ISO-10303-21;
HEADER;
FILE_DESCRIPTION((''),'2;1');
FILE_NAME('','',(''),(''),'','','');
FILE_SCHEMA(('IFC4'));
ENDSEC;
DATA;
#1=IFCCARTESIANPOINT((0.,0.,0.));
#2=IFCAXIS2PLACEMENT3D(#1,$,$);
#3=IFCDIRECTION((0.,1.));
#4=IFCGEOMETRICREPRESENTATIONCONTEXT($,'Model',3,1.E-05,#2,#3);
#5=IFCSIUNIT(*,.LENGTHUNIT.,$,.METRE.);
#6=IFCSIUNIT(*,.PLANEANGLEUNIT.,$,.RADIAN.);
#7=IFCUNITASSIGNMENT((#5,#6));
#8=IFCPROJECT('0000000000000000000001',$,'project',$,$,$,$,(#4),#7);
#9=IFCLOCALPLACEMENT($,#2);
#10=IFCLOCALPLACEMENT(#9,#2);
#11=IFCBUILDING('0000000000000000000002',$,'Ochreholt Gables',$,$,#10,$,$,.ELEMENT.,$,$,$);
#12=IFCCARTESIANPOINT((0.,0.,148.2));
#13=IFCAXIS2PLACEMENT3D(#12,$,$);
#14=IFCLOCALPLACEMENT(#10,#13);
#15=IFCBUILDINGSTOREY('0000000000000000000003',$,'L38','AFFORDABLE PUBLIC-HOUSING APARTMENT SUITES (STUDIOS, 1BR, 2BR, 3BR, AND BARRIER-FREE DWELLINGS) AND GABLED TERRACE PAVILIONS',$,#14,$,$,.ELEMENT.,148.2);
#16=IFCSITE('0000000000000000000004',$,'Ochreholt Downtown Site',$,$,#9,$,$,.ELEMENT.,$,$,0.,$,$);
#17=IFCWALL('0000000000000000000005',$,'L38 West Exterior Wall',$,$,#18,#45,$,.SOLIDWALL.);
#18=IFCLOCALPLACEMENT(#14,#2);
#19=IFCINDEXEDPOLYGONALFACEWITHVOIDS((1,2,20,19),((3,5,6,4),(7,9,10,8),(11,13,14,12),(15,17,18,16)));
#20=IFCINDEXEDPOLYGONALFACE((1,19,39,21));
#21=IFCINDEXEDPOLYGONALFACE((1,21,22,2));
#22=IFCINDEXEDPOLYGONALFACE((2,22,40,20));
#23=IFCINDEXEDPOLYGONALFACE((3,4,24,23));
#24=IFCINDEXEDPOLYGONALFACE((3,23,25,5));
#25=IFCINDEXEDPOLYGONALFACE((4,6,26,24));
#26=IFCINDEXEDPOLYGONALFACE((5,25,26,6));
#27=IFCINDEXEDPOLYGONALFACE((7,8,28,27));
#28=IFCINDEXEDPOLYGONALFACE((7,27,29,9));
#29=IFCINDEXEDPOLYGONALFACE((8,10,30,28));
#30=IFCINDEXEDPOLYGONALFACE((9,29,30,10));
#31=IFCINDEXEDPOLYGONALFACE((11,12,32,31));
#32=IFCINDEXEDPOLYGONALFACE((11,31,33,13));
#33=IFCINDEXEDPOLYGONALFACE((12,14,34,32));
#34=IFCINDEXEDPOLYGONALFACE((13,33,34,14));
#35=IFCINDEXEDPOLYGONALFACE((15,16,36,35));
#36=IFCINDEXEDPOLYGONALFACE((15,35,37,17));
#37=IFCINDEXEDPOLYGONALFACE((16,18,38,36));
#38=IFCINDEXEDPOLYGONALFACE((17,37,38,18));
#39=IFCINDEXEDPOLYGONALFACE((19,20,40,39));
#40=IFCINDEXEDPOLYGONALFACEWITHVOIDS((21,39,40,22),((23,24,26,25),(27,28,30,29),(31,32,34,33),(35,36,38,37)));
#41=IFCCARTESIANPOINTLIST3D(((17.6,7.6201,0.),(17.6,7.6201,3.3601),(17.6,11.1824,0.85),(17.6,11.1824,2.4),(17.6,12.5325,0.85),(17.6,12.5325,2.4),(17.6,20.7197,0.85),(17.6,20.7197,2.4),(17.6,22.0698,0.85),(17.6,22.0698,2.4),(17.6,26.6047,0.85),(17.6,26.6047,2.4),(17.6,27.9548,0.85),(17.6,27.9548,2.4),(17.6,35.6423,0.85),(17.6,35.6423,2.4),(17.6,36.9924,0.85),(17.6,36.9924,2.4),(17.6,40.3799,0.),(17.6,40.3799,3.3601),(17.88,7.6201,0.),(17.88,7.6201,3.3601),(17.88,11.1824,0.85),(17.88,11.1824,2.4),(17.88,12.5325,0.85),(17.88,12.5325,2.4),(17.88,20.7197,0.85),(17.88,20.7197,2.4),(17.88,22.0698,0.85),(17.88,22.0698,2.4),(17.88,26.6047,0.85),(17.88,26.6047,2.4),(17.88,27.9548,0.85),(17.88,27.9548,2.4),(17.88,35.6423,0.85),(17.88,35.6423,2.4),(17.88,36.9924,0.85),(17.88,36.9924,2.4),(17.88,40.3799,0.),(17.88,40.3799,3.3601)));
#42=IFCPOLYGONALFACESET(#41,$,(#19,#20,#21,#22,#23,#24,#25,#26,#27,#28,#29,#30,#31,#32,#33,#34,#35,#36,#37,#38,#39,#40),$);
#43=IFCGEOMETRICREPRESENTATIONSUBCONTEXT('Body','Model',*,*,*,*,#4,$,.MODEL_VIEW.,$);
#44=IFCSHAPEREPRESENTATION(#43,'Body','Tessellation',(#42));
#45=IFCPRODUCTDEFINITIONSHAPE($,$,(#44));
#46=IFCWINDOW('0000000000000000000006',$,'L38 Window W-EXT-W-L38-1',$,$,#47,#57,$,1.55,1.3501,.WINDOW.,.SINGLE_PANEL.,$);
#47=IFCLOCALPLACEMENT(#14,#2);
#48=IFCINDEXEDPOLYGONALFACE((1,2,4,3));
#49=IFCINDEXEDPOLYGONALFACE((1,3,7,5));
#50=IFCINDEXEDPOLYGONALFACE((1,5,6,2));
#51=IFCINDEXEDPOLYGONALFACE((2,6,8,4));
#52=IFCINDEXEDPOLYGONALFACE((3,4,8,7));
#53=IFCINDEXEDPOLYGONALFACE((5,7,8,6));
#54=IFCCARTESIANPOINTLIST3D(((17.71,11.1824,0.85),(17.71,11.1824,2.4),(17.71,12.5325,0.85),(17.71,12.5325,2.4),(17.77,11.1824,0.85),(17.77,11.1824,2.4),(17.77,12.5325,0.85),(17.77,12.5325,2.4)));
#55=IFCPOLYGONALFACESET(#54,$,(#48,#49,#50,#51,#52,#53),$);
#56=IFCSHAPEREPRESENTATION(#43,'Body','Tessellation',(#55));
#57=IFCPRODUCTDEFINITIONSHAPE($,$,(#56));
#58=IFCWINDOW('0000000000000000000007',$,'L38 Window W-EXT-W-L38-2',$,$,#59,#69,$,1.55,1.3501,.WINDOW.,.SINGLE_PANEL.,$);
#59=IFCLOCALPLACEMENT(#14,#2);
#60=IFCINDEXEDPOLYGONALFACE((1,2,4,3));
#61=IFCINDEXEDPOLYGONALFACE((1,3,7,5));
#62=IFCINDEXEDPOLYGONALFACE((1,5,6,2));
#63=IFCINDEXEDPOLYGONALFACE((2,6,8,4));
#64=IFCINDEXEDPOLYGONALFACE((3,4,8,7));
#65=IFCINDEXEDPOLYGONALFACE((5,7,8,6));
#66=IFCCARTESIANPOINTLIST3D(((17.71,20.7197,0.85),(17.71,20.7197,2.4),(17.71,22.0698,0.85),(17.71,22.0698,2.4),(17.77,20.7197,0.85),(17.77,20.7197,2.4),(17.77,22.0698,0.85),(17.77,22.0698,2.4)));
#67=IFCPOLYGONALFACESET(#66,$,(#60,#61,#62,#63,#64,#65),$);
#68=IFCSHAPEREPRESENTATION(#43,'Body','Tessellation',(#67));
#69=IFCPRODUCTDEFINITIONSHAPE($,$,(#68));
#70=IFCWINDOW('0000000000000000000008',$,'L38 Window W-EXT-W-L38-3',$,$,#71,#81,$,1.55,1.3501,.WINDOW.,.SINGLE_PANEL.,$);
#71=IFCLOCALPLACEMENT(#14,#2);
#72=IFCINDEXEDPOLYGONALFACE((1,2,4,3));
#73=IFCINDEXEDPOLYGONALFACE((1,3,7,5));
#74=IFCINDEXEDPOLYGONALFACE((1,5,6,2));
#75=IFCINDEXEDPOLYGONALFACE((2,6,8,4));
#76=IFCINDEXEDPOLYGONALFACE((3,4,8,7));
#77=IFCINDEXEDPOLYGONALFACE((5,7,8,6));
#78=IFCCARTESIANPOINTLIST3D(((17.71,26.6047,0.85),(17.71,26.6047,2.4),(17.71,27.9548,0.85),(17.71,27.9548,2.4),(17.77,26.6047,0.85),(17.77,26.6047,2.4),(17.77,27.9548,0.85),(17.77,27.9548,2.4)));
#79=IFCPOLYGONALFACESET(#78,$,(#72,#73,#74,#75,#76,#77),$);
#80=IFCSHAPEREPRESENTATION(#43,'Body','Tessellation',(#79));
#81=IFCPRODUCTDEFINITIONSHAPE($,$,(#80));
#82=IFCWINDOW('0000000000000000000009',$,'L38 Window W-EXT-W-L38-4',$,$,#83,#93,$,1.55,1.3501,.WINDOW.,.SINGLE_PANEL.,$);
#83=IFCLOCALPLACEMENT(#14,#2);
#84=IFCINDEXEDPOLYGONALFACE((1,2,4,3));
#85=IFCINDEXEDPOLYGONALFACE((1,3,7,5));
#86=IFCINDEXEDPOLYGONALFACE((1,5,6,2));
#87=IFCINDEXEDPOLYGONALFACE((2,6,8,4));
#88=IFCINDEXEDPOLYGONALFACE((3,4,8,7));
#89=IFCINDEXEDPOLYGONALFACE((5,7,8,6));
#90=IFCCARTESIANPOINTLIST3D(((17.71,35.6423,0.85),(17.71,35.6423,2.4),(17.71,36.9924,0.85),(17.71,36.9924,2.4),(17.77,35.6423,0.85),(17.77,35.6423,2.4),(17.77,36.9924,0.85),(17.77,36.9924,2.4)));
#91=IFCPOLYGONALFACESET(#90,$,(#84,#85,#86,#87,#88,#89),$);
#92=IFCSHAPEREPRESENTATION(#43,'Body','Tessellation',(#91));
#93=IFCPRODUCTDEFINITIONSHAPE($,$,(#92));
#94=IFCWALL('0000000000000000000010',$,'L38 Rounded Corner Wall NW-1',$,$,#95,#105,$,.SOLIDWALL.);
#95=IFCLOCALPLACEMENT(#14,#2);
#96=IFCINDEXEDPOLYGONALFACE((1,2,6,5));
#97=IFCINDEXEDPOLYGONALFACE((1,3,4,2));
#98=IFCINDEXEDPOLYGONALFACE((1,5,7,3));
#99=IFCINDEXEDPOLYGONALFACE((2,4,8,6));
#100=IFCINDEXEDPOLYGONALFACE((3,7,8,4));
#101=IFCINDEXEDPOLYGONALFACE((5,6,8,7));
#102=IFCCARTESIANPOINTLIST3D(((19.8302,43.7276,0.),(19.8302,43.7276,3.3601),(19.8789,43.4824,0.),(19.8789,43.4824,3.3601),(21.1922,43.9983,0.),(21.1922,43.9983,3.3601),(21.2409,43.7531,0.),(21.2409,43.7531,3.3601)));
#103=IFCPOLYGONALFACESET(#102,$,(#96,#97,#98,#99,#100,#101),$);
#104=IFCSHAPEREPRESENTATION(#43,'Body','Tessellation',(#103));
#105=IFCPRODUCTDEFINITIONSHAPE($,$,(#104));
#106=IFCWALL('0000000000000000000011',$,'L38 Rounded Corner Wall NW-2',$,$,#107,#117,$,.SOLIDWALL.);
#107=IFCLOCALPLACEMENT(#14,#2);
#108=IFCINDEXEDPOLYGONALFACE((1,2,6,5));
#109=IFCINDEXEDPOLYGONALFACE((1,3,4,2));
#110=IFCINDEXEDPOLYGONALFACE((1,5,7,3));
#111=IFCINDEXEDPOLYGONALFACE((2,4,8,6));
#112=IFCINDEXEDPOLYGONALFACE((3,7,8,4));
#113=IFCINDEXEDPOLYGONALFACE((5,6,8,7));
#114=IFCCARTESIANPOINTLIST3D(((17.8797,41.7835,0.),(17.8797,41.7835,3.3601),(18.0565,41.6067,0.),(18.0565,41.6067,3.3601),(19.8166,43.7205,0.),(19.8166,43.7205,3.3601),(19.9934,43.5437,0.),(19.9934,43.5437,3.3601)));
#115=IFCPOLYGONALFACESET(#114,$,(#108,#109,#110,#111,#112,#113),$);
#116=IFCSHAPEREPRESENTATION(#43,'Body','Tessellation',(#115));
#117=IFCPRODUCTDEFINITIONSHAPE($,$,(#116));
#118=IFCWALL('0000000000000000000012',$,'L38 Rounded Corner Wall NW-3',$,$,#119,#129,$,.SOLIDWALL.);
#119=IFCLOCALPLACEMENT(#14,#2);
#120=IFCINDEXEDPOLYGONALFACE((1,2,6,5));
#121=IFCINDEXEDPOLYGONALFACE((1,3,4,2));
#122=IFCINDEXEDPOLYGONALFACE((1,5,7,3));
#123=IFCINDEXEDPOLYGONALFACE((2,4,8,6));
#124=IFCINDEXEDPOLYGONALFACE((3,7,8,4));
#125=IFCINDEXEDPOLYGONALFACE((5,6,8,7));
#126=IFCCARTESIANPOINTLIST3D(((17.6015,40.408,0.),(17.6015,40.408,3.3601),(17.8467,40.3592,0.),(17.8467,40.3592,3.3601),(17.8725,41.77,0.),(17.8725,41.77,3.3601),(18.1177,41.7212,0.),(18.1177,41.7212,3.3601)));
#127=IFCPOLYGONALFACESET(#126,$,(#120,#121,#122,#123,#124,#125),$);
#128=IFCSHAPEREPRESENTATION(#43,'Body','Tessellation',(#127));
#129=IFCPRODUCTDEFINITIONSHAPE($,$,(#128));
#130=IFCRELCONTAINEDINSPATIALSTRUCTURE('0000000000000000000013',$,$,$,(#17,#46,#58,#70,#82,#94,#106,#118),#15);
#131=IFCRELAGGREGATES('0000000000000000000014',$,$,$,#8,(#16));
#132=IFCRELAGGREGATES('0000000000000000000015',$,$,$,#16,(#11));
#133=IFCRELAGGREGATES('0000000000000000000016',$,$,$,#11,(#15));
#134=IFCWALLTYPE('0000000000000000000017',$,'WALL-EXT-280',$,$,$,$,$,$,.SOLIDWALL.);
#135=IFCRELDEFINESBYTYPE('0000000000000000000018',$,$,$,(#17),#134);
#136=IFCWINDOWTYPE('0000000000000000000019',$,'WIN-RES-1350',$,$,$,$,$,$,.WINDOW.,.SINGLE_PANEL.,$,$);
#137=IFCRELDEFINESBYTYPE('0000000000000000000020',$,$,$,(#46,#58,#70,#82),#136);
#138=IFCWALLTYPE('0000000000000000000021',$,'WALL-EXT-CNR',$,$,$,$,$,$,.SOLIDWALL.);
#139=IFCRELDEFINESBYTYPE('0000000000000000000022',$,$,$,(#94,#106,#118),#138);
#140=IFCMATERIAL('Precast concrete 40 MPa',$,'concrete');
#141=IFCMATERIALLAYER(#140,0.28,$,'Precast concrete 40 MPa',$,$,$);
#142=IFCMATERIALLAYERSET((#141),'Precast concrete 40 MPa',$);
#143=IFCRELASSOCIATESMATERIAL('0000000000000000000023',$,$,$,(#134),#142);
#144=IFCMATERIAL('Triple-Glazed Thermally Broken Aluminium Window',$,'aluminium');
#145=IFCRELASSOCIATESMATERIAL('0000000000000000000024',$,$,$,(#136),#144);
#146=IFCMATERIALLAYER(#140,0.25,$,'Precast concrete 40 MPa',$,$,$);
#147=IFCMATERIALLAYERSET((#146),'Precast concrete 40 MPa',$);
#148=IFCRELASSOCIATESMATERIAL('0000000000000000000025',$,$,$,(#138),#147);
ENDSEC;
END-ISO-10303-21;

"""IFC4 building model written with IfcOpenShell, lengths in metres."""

from ifc_helpers import new_model, si_unit, direction, frame, frame_2d, origin, place, context, subcontext, project, spatial, rectangle, extrude, material, layer, layer_set, type_object, element, fill, save


model = new_model("IFC4")

# Units and contexts
model_context = context("Model", 3, precision=1e-05, world=origin(), true_north=direction((0.0, 1.0)))
body_context = subcontext(model_context, "Body", "Model", "MODEL_VIEW")
ifc_project = project(units=[si_unit("LENGTHUNIT", "METRE"), si_unit("PLANEANGLEUNIT", "RADIAN")], contexts=[model_context])

# Site, building, storey
site_placement = place(None, origin())
site = spatial("IfcSite", under=ifc_project, at=site_placement, Name="Ochreholt Downtown Site", CompositionType="ELEMENT", RefElevation=0.0)
building_placement = place(site_placement, origin())
building = spatial("IfcBuilding", under=site, at=building_placement, Name="Ochreholt Gables", CompositionType="ELEMENT")
storey_placement = place(building_placement, frame((0.0, 0.0, 148.2)))
storey = spatial("IfcBuildingStorey", under=building, at=storey_placement, Name="L38", Description="AFFORDABLE PUBLIC-HOUSING APARTMENT SUITES (STUDIOS, 1BR, 2BR, 3BR, AND BARRIER-FREE DWELLINGS) AND GABLED TERRACE PAVILIONS", CompositionType="ELEMENT", Elevation=148.2)

# Wall, openings, windows
ifc_material_1 = material(Name="Precast concrete 40 MPa", Category="concrete")
ifc_layer_1 = layer(ifc_material_1, 0.28, Name="Precast concrete 40 MPa")
ifc_layer_set_1 = layer_set([ifc_layer_1], Name="Precast concrete 40 MPa")
wall_type_1 = type_object("IfcWallType", Name="WALL-EXT-280", PredefinedType="SOLIDWALL", material=ifc_layer_set_1)
wall_1_placement = place(storey_placement, frame((17.74, 40.3799, 0.0), z_axis=(0.0, 0.0, 1.0), x_axis=(0.0, -1.0, 0.0)))
wall_1 = element("IfcWall", 1, at=wall_1_placement, inside=storey, type_object=wall_type_1, Name="L38 West Exterior Wall", PredefinedType="SOLIDWALL", context=body_context, shape_type="SweptSolid", body=[
    extrude(rectangle(XDim=32.7598, YDim=0.28, at=frame_2d((16.3799, 0.0))), origin(), (0.0, 0.0, 1.0), 3.3601),
])
opening_1_placement = place(wall_1_placement, frame((27.8474, 0.0, 0.8501)))
opening_1 = element("IfcOpeningElement", 2, at=opening_1_placement, cuts=wall_1, PredefinedType="OPENING", context=body_context, shape_type="SweptSolid", body=[
    extrude(rectangle(XDim=1.3501, YDim=1.55, at=frame_2d((0.675, 0.7749))), frame((0.0, 0.1499, 0.0), z_axis=(0.0, -1.0, 0.0), x_axis=(1.0, 0.0, 0.0)), (0.0, 0.0, 1.0), 0.3),
])
opening_2_placement = place(wall_1_placement, frame((18.3101, 0.0, 0.8501)))
opening_2 = element("IfcOpeningElement", 3, at=opening_2_placement, cuts=wall_1, PredefinedType="OPENING", context=body_context, shape_type="SweptSolid", body=[
    extrude(rectangle(XDim=1.3501, YDim=1.55, at=frame_2d((0.675, 0.7749))), frame((0.0, 0.1499, 0.0), z_axis=(0.0, -1.0, 0.0), x_axis=(1.0, 0.0, 0.0)), (0.0, 0.0, 1.0), 0.3),
])
opening_3_placement = place(wall_1_placement, frame((12.425, 0.0, 0.8501)))
opening_3 = element("IfcOpeningElement", 4, at=opening_3_placement, cuts=wall_1, PredefinedType="OPENING", context=body_context, shape_type="SweptSolid", body=[
    extrude(rectangle(XDim=1.3501, YDim=1.55, at=frame_2d((0.675, 0.7749))), frame((0.0, 0.1499, 0.0), z_axis=(0.0, -1.0, 0.0), x_axis=(1.0, 0.0, 0.0)), (0.0, 0.0, 1.0), 0.3),
])
opening_4_placement = place(wall_1_placement, frame((3.3875, 0.0, 0.8501)))
opening_4 = element("IfcOpeningElement", 5, at=opening_4_placement, cuts=wall_1, PredefinedType="OPENING", context=body_context, shape_type="SweptSolid", body=[
    extrude(rectangle(XDim=1.3501, YDim=1.55, at=frame_2d((0.675, 0.7749))), frame((0.0, 0.1499, 0.0), z_axis=(0.0, -1.0, 0.0), x_axis=(1.0, 0.0, 0.0)), (0.0, 0.0, 1.0), 0.3),
])
ifc_material_2 = material(Name="Triple-Glazed Thermally Broken Aluminium Window", Category="aluminium")
window_type = type_object("IfcWindowType", Name="WIN-RES-1350", PartitioningType="SINGLE_PANEL", PredefinedType="WINDOW", material=ifc_material_2)
window_1_placement = place(opening_1_placement, origin())
window_1 = element("IfcWindow", 6, at=window_1_placement, inside=storey, type_object=window_type, Name="L38 Window W-EXT-W-L38-1", OverallHeight=1.55, OverallWidth=1.3501, PartitioningType="SINGLE_PANEL", PredefinedType="WINDOW", context=body_context, shape_type="SweptSolid", body=[
    extrude(rectangle(XDim=1.3501, YDim=1.55, at=frame_2d((0.675, 0.7749))), frame((0.0, 0.03, 0.0), z_axis=(0.0, -1.0, 0.0), x_axis=(1.0, 0.0, 0.0)), (0.0, 0.0, 1.0), 0.0601),
])
fill(opening_1, window_1)
window_2_placement = place(opening_2_placement, origin())
window_2 = element("IfcWindow", 7, at=window_2_placement, inside=storey, type_object=window_type, Name="L38 Window W-EXT-W-L38-2", OverallHeight=1.55, OverallWidth=1.3501, PartitioningType="SINGLE_PANEL", PredefinedType="WINDOW", context=body_context, shape_type="SweptSolid", body=[
    extrude(rectangle(XDim=1.3501, YDim=1.55, at=frame_2d((0.675, 0.7749))), frame((0.0, 0.03, 0.0), z_axis=(0.0, -1.0, 0.0), x_axis=(1.0, 0.0, 0.0)), (0.0, 0.0, 1.0), 0.0601),
])
fill(opening_2, window_2)
window_3_placement = place(opening_3_placement, origin())
window_3 = element("IfcWindow", 8, at=window_3_placement, inside=storey, type_object=window_type, Name="L38 Window W-EXT-W-L38-3", OverallHeight=1.55, OverallWidth=1.3501, PartitioningType="SINGLE_PANEL", PredefinedType="WINDOW", context=body_context, shape_type="SweptSolid", body=[
    extrude(rectangle(XDim=1.3501, YDim=1.55, at=frame_2d((0.675, 0.7749))), frame((0.0, 0.03, 0.0), z_axis=(0.0, -1.0, 0.0), x_axis=(1.0, 0.0, 0.0)), (0.0, 0.0, 1.0), 0.0601),
])
fill(opening_3, window_3)
window_4_placement = place(opening_4_placement, origin())
window_4 = element("IfcWindow", 9, at=window_4_placement, inside=storey, type_object=window_type, Name="L38 Window W-EXT-W-L38-4", OverallHeight=1.55, OverallWidth=1.3501, PartitioningType="SINGLE_PANEL", PredefinedType="WINDOW", context=body_context, shape_type="SweptSolid", body=[
    extrude(rectangle(XDim=1.3501, YDim=1.55, at=frame_2d((0.675, 0.7749))), frame((0.0, 0.03, 0.0), z_axis=(0.0, -1.0, 0.0), x_axis=(1.0, 0.0, 0.0)), (0.0, 0.0, 1.0), 0.0601),
])
fill(opening_4, window_4)

# Walls
ifc_layer_2 = layer(ifc_material_1, 0.25, Name="Precast concrete 40 MPa")
ifc_layer_set_2 = layer_set([ifc_layer_2], Name="Precast concrete 40 MPa")
wall_type_2 = type_object("IfcWallType", Name="WALL-EXT-CNR", PredefinedType="SOLIDWALL", material=ifc_layer_set_2)
wall_2_placement = place(storey_placement, frame((21.2166, 43.8757, 0.0), z_axis=(0.0, 0.0, 1.0), x_axis=(-0.98081, -0.194967, 0.0)))
element("IfcWall", 10, at=wall_2_placement, inside=storey, type_object=wall_type_2, Name="L38 Rounded Corner Wall NW-1", PredefinedType="SOLIDWALL", context=body_context, shape_type="SweptSolid", body=[
    extrude(rectangle(XDim=1.3887, YDim=0.25, at=frame_2d((0.6943, 0.0))), origin(), (0.0, 0.0, 1.0), 3.3601),
])
wall_3_placement = place(storey_placement, frame((19.905, 43.6321, 0.0), z_axis=(0.0, 0.0, 1.0), x_axis=(-0.707107, -0.707107, 0.0)))
element("IfcWall", 11, at=wall_3_placement, inside=storey, type_object=wall_type_2, Name="L38 Rounded Corner Wall NW-2", PredefinedType="SOLIDWALL", context=body_context, shape_type="SweptSolid", body=[
    extrude(rectangle(XDim=2.7393, YDim=0.25, at=frame_2d((1.3696, 0.0))), origin(), (0.0, 0.0, 1.0), 3.3601),
])
wall_4_placement = place(storey_placement, frame((17.9951, 41.7456, 0.0), z_axis=(0.0, 0.0, 1.0), x_axis=(-0.195136, -0.980776, 0.0)))
element("IfcWall", 12, at=wall_4_placement, inside=storey, type_object=wall_type_2, Name="L38 Rounded Corner Wall NW-3", PredefinedType="SOLIDWALL", context=body_context, shape_type="SweptSolid", body=[
    extrude(rectangle(XDim=1.3887, YDim=0.25, at=frame_2d((0.6943, 0.0))), origin(), (0.0, 0.0, 1.0), 3.3601),
])

save(model, "model.ifc")
